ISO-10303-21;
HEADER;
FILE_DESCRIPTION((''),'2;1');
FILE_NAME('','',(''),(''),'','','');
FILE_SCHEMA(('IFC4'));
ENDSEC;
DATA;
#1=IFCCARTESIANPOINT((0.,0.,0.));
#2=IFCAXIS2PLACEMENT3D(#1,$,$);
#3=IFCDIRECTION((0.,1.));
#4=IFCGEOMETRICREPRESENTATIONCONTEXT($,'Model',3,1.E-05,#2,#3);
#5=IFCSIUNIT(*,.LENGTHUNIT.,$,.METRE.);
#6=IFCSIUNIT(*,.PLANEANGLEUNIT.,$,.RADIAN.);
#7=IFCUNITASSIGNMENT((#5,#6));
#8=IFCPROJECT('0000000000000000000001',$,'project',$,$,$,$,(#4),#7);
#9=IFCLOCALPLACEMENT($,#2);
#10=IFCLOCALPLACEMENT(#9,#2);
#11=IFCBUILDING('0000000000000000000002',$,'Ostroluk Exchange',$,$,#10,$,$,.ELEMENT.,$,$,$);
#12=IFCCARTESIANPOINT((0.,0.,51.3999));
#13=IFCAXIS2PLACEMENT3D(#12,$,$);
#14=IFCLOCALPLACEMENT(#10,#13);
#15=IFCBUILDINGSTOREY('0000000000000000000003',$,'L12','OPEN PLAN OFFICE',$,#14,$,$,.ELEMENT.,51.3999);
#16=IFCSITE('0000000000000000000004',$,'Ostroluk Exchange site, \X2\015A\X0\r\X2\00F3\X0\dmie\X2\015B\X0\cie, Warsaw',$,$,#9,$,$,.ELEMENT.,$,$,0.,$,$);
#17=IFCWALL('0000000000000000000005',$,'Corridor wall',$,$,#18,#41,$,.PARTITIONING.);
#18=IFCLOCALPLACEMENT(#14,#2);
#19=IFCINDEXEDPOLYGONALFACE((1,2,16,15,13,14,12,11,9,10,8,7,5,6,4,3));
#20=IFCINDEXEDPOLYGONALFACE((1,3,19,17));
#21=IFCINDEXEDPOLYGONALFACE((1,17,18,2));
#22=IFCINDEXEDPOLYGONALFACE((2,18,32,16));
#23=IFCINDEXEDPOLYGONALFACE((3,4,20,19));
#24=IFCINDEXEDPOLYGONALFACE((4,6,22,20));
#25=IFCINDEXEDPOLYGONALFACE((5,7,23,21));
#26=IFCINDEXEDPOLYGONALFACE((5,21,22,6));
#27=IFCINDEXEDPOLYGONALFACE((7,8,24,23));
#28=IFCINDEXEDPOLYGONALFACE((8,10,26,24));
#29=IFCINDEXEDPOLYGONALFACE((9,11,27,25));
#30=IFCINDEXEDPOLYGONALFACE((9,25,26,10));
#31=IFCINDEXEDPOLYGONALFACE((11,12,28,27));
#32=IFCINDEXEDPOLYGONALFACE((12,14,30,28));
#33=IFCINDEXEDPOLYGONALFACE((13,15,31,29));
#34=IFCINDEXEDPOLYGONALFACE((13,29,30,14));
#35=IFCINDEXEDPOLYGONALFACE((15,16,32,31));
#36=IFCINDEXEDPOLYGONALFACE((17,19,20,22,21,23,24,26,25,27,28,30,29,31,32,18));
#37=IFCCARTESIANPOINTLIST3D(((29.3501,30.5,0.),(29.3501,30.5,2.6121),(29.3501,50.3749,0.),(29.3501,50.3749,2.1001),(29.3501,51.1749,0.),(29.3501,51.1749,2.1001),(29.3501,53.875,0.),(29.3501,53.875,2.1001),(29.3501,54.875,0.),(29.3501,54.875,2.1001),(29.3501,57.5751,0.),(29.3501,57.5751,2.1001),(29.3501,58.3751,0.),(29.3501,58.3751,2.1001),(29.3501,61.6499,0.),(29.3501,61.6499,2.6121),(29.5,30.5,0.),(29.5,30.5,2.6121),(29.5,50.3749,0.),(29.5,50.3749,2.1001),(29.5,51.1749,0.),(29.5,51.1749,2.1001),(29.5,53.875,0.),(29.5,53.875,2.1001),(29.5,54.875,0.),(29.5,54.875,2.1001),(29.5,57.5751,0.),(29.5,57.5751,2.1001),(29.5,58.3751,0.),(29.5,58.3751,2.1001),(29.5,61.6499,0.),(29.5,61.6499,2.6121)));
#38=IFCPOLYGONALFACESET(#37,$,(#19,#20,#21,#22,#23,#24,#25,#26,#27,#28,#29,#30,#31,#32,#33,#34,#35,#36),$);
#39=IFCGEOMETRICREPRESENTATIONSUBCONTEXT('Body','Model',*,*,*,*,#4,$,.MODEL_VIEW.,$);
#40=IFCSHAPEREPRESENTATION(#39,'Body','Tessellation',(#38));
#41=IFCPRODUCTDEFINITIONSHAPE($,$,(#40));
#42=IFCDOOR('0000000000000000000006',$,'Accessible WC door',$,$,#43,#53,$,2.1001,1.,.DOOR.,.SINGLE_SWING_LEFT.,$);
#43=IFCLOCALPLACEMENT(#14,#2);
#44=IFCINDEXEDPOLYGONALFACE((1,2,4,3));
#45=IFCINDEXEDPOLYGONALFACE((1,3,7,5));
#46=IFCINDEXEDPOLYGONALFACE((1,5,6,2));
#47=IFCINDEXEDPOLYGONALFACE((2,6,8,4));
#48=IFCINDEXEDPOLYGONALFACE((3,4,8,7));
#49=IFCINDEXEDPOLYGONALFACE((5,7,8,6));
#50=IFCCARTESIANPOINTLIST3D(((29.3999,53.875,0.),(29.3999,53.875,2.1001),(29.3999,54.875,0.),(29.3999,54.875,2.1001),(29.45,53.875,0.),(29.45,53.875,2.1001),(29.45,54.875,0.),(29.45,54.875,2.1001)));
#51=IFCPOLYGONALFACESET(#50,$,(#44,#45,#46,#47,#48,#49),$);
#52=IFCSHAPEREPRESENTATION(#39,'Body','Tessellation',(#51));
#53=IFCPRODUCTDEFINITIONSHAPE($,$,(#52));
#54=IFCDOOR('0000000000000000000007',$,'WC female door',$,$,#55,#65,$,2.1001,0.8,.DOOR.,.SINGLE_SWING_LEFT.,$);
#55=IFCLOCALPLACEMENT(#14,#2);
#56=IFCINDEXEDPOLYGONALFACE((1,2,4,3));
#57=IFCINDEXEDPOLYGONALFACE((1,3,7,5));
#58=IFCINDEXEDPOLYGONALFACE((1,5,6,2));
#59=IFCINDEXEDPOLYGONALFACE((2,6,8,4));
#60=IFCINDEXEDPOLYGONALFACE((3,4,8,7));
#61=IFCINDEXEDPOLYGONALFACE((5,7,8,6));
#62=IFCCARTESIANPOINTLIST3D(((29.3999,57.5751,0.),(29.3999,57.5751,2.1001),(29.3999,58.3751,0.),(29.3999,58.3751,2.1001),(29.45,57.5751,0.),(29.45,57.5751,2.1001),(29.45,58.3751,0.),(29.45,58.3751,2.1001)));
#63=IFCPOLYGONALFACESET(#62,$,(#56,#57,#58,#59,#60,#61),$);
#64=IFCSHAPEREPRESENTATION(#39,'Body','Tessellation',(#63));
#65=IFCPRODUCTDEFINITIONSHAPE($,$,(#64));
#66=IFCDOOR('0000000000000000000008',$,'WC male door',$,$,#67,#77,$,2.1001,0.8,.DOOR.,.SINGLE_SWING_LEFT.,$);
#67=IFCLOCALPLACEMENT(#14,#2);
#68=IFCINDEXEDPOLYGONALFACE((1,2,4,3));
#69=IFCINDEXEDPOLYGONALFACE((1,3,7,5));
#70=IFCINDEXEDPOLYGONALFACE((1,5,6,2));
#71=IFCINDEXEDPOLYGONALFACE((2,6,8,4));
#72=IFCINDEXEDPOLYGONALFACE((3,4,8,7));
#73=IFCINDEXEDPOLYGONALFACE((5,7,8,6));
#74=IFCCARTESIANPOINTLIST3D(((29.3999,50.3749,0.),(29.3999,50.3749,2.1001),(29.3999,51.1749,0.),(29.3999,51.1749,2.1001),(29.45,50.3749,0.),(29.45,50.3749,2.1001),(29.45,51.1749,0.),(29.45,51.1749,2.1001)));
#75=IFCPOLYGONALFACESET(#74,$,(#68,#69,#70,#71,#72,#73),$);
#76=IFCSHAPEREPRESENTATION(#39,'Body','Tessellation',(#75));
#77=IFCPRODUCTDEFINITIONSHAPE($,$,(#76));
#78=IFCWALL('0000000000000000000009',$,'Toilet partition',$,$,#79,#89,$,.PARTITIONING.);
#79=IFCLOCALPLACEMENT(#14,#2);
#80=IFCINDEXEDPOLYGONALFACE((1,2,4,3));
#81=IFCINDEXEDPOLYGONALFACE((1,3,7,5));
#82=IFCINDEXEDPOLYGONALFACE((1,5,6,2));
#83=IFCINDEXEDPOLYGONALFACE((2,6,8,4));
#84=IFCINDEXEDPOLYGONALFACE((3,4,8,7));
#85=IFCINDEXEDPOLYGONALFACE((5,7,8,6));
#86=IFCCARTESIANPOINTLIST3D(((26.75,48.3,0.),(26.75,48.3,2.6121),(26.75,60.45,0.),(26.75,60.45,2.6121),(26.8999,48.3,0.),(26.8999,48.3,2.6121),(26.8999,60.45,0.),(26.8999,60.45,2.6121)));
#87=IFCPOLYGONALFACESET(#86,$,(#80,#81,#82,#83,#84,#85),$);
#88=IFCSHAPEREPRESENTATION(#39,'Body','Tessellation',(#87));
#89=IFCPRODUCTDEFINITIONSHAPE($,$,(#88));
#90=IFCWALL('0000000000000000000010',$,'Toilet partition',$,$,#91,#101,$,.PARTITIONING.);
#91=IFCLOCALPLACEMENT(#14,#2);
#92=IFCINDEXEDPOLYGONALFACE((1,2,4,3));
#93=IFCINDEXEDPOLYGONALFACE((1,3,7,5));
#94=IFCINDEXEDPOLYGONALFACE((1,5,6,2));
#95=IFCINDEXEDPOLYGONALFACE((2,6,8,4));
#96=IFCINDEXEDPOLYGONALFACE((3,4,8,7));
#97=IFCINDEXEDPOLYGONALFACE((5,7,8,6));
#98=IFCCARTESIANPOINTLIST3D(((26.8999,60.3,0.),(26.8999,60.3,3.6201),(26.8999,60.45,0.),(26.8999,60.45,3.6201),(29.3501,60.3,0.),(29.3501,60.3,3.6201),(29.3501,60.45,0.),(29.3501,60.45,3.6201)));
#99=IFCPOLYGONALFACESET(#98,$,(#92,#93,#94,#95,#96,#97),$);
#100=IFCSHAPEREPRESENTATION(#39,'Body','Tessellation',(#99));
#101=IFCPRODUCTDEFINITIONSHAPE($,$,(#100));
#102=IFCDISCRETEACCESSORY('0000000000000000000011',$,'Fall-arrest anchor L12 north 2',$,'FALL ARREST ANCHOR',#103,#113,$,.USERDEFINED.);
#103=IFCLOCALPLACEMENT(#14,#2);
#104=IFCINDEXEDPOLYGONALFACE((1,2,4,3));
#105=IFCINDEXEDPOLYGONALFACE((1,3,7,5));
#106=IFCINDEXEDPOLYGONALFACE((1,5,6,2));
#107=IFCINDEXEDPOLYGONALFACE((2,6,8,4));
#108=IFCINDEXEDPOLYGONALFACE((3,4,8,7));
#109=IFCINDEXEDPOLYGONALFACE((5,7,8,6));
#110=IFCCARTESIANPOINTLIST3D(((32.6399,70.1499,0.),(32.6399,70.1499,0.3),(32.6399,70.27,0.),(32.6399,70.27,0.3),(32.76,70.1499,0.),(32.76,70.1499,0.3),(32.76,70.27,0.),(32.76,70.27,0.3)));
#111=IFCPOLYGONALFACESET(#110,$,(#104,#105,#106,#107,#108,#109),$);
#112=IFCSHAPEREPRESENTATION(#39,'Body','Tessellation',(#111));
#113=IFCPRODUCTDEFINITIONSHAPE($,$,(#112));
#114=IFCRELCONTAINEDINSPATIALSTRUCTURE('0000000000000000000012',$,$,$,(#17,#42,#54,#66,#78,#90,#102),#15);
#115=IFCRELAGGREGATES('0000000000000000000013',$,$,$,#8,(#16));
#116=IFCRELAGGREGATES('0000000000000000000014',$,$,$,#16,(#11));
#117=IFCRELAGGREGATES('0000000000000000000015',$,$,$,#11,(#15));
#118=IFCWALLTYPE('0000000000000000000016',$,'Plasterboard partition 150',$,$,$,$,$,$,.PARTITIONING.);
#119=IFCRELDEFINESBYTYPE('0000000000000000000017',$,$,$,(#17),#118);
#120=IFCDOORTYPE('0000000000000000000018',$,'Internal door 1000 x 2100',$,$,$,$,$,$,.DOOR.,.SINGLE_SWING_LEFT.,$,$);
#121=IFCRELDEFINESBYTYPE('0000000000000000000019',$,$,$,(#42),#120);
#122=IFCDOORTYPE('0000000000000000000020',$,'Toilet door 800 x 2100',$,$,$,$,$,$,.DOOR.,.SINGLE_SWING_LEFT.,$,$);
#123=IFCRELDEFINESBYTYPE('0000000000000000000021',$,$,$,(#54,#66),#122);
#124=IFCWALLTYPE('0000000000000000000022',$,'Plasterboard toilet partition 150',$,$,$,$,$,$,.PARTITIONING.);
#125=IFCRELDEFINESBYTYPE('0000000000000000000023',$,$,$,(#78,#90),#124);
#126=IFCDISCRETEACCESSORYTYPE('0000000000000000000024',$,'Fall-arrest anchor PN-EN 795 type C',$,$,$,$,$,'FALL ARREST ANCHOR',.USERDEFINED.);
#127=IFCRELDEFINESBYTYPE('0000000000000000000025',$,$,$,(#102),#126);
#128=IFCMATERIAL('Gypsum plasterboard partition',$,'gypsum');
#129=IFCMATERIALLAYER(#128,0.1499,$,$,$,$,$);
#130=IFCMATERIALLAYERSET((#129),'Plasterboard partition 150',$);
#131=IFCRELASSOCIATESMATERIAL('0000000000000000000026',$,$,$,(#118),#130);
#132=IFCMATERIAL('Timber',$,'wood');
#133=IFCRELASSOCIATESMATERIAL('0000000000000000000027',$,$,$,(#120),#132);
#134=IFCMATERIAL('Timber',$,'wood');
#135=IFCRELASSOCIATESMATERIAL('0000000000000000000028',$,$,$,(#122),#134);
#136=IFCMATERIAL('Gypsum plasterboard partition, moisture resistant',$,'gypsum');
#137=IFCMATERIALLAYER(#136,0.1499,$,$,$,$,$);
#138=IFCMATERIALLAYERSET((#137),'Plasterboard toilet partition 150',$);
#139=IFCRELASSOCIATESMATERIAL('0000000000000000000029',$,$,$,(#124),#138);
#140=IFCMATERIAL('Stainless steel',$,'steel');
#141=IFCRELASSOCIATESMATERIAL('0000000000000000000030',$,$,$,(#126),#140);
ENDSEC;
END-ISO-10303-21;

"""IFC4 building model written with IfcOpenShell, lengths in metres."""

from ifc_helpers import new_model, si_unit, direction, frame, frame_2d, origin, origin_2d, place, context, subcontext, project, spatial, rectangle, extrude, material, layer, layer_set, type_object, element, fill, save


model = new_model("IFC4")

# Units and contexts
model_context = context("Model", 3, precision=1e-05, world=origin(), true_north=direction((0.0, 1.0)))
body_context = subcontext(model_context, "Body", "Model", "MODEL_VIEW")
ifc_project = project(units=[si_unit("LENGTHUNIT", "METRE"), si_unit("PLANEANGLEUNIT", "RADIAN")], contexts=[model_context])

# Site, building, storey
site_placement = place(None, origin())
site = spatial("IfcSite", under=ifc_project, at=site_placement, Name="Ostroluk Exchange site, Śródmieście, Warsaw", CompositionType="ELEMENT", RefElevation=0.0)
building_placement = place(site_placement, origin())
building = spatial("IfcBuilding", under=site, at=building_placement, Name="Ostroluk Exchange", CompositionType="ELEMENT")
storey_placement = place(building_placement, frame((0.0, 0.0, 51.3999)))
storey = spatial("IfcBuildingStorey", under=building, at=storey_placement, Name="L12", Description="OPEN PLAN OFFICE", CompositionType="ELEMENT", Elevation=51.3999)

# Wall, openings, doors
ifc_material_1 = material(Name="Gypsum plasterboard partition", Category="gypsum")
ifc_layer_1 = layer(ifc_material_1, 0.1499)
ifc_layer_set_1 = layer_set([ifc_layer_1], Name="Plasterboard partition 150")
wall_type_1 = type_object("IfcWallType", Name="Plasterboard partition 150", PredefinedType="PARTITIONING", material=ifc_layer_set_1)
wall_1_placement = place(storey_placement, frame((29.425, 61.6499, 0.0), z_axis=(0.0, 0.0, 1.0), x_axis=(0.0, -1.0, 0.0)))
wall_1 = element("IfcWall", 1, at=wall_1_placement, inside=storey, type_object=wall_type_1, Name="Corridor wall", PredefinedType="PARTITIONING", context=body_context, shape_type="SweptSolid", body=[
    extrude(rectangle(XDim=31.1499, YDim=0.1499, at=frame_2d((15.575, 0.0))), origin(), (0.0, 0.0, 1.0), 2.6121),
])
opening_1_placement = place(wall_1_placement, frame((3.2749, 0.0, 0.0)))
opening_1 = element("IfcOpeningElement", 2, at=opening_1_placement, cuts=wall_1, PredefinedType="OPENING", context=body_context, shape_type="SweptSolid", body=[
    extrude(rectangle(XDim=0.8, YDim=2.1001, at=frame_2d((0.3999, 1.05))), frame((0.0, 0.085, 0.0), z_axis=(0.0, -1.0, 0.0), x_axis=(1.0, 0.0, 0.0)), (0.0, 0.0, 1.0), 0.1699),
])
opening_2_placement = place(wall_1_placement, frame((6.7749, 0.0, 0.0)))
opening_2 = element("IfcOpeningElement", 3, at=opening_2_placement, cuts=wall_1, PredefinedType="OPENING", context=body_context, shape_type="SweptSolid", body=[
    extrude(rectangle(XDim=1.0, YDim=2.1001, at=frame_2d((0.5, 1.05))), frame((0.0, 0.085, 0.0), z_axis=(0.0, -1.0, 0.0), x_axis=(1.0, 0.0, 0.0)), (0.0, 0.0, 1.0), 0.1699),
])
opening_3_placement = place(wall_1_placement, frame((10.4751, 0.0, 0.0)))
opening_3 = element("IfcOpeningElement", 4, at=opening_3_placement, cuts=wall_1, PredefinedType="OPENING", context=body_context, shape_type="SweptSolid", body=[
    extrude(rectangle(XDim=0.8, YDim=2.1001, at=frame_2d((0.3999, 1.05))), frame((0.0, 0.085, 0.0), z_axis=(0.0, -1.0, 0.0), x_axis=(1.0, 0.0, 0.0)), (0.0, 0.0, 1.0), 0.1699),
])
ifc_material_2 = material(Name="Timber", Category="wood")
door_type_1 = type_object("IfcDoorType", Name="Internal door 1000 x 2100", OperationType="SINGLE_SWING_LEFT", PredefinedType="DOOR", material=ifc_material_2)
door_1_placement = place(opening_2_placement, origin())
door_1 = element("IfcDoor", 5, at=door_1_placement, inside=storey, type_object=door_type_1, Name="Accessible WC door", OperationType="SINGLE_SWING_LEFT", OverallHeight=2.1001, OverallWidth=1.0, PredefinedType="DOOR", context=body_context, shape_type="SweptSolid", body=[
    extrude(rectangle(XDim=1.0, YDim=2.1001, at=frame_2d((0.5, 1.05))), frame((0.0, 0.0249, 0.0), z_axis=(0.0, -1.0, 0.0), x_axis=(1.0, 0.0, 0.0)), (0.0, 0.0, 1.0), 0.05),
])
fill(opening_2, door_1)
ifc_material_3 = material(Name="Timber", Category="wood")
door_type_2 = type_object("IfcDoorType", Name="Toilet door 800 x 2100", OperationType="SINGLE_SWING_LEFT", PredefinedType="DOOR", material=ifc_material_3)
door_2_placement = place(opening_1_placement, origin())
door_2 = element("IfcDoor", 6, at=door_2_placement, inside=storey, type_object=door_type_2, Name="WC female door", OperationType="SINGLE_SWING_LEFT", OverallHeight=2.1001, OverallWidth=0.8, PredefinedType="DOOR", context=body_context, shape_type="SweptSolid", body=[
    extrude(rectangle(XDim=0.8, YDim=2.1001, at=frame_2d((0.3999, 1.05))), frame((0.0, 0.0249, 0.0), z_axis=(0.0, -1.0, 0.0), x_axis=(1.0, 0.0, 0.0)), (0.0, 0.0, 1.0), 0.05),
])
fill(opening_1, door_2)
door_3_placement = place(opening_3_placement, origin())
door_3 = element("IfcDoor", 7, at=door_3_placement, inside=storey, type_object=door_type_2, Name="WC male door", OperationType="SINGLE_SWING_LEFT", OverallHeight=2.1001, OverallWidth=0.8, PredefinedType="DOOR", context=body_context, shape_type="SweptSolid", body=[
    extrude(rectangle(XDim=0.8, YDim=2.1001, at=frame_2d((0.3999, 1.05))), frame((0.0, 0.0249, 0.0), z_axis=(0.0, -1.0, 0.0), x_axis=(1.0, 0.0, 0.0)), (0.0, 0.0, 1.0), 0.05),
])
fill(opening_3, door_3)

# Walls
ifc_material_4 = material(Name="Gypsum plasterboard partition, moisture resistant", Category="gypsum")
ifc_layer_2 = layer(ifc_material_4, 0.1499)
ifc_layer_set_2 = layer_set([ifc_layer_2], Name="Plasterboard toilet partition 150")
wall_type_2 = type_object("IfcWallType", Name="Plasterboard toilet partition 150", PredefinedType="PARTITIONING", material=ifc_layer_set_2)
wall_2_placement = place(storey_placement, frame((26.825, 60.45, 0.0), z_axis=(0.0, 0.0, 1.0), x_axis=(0.0, -1.0, 0.0)))
element("IfcWall", 8, at=wall_2_placement, inside=storey, type_object=wall_type_2, Name="Toilet partition", PredefinedType="PARTITIONING", context=body_context, shape_type="SweptSolid", body=[
    extrude(rectangle(XDim=12.1499, YDim=0.1499, at=frame_2d((6.075, 0.0))), origin(), (0.0, 0.0, 1.0), 2.6121),
])
wall_3_placement = place(storey_placement, frame((29.3501, 60.375, 0.0), z_axis=(0.0, 0.0, 1.0), x_axis=(-1.0, 0.0, 0.0)))
element("IfcWall", 9, at=wall_3_placement, inside=storey, type_object=wall_type_2, Name="Toilet partition", PredefinedType="PARTITIONING", context=body_context, shape_type="SweptSolid", body=[
    extrude(rectangle(XDim=2.4502, YDim=0.1499, at=frame_2d((1.2251, 0.0))), origin(), (0.0, 0.0, 1.0), 3.6201),
])

# Discrete accessory
ifc_material_5 = material(Name="Stainless steel", Category="steel")
discrete_accessory_type = type_object("IfcDiscreteAccessoryType", Name="Fall-arrest anchor PN-EN 795 type C", ElementType="FALL ARREST ANCHOR", PredefinedType="USERDEFINED", material=ifc_material_5)
discrete_accessory_placement = place(storey_placement, frame((32.7, 70.21, 0.0), z_axis=(0.0, 0.0, 1.0), x_axis=(1.0, 0.0, 0.0)))
element("IfcDiscreteAccessory", 10, at=discrete_accessory_placement, inside=storey, type_object=discrete_accessory_type, Name="Fall-arrest anchor L12 north 2", ObjectType="FALL ARREST ANCHOR", PredefinedType="USERDEFINED", context=body_context, shape_type="SweptSolid", body=[
    extrude(rectangle(XDim=0.1201, YDim=0.1201, at=origin_2d()), origin(), (0.0, 0.0, 1.0), 0.3),
])

save(model, "model.ifc")
